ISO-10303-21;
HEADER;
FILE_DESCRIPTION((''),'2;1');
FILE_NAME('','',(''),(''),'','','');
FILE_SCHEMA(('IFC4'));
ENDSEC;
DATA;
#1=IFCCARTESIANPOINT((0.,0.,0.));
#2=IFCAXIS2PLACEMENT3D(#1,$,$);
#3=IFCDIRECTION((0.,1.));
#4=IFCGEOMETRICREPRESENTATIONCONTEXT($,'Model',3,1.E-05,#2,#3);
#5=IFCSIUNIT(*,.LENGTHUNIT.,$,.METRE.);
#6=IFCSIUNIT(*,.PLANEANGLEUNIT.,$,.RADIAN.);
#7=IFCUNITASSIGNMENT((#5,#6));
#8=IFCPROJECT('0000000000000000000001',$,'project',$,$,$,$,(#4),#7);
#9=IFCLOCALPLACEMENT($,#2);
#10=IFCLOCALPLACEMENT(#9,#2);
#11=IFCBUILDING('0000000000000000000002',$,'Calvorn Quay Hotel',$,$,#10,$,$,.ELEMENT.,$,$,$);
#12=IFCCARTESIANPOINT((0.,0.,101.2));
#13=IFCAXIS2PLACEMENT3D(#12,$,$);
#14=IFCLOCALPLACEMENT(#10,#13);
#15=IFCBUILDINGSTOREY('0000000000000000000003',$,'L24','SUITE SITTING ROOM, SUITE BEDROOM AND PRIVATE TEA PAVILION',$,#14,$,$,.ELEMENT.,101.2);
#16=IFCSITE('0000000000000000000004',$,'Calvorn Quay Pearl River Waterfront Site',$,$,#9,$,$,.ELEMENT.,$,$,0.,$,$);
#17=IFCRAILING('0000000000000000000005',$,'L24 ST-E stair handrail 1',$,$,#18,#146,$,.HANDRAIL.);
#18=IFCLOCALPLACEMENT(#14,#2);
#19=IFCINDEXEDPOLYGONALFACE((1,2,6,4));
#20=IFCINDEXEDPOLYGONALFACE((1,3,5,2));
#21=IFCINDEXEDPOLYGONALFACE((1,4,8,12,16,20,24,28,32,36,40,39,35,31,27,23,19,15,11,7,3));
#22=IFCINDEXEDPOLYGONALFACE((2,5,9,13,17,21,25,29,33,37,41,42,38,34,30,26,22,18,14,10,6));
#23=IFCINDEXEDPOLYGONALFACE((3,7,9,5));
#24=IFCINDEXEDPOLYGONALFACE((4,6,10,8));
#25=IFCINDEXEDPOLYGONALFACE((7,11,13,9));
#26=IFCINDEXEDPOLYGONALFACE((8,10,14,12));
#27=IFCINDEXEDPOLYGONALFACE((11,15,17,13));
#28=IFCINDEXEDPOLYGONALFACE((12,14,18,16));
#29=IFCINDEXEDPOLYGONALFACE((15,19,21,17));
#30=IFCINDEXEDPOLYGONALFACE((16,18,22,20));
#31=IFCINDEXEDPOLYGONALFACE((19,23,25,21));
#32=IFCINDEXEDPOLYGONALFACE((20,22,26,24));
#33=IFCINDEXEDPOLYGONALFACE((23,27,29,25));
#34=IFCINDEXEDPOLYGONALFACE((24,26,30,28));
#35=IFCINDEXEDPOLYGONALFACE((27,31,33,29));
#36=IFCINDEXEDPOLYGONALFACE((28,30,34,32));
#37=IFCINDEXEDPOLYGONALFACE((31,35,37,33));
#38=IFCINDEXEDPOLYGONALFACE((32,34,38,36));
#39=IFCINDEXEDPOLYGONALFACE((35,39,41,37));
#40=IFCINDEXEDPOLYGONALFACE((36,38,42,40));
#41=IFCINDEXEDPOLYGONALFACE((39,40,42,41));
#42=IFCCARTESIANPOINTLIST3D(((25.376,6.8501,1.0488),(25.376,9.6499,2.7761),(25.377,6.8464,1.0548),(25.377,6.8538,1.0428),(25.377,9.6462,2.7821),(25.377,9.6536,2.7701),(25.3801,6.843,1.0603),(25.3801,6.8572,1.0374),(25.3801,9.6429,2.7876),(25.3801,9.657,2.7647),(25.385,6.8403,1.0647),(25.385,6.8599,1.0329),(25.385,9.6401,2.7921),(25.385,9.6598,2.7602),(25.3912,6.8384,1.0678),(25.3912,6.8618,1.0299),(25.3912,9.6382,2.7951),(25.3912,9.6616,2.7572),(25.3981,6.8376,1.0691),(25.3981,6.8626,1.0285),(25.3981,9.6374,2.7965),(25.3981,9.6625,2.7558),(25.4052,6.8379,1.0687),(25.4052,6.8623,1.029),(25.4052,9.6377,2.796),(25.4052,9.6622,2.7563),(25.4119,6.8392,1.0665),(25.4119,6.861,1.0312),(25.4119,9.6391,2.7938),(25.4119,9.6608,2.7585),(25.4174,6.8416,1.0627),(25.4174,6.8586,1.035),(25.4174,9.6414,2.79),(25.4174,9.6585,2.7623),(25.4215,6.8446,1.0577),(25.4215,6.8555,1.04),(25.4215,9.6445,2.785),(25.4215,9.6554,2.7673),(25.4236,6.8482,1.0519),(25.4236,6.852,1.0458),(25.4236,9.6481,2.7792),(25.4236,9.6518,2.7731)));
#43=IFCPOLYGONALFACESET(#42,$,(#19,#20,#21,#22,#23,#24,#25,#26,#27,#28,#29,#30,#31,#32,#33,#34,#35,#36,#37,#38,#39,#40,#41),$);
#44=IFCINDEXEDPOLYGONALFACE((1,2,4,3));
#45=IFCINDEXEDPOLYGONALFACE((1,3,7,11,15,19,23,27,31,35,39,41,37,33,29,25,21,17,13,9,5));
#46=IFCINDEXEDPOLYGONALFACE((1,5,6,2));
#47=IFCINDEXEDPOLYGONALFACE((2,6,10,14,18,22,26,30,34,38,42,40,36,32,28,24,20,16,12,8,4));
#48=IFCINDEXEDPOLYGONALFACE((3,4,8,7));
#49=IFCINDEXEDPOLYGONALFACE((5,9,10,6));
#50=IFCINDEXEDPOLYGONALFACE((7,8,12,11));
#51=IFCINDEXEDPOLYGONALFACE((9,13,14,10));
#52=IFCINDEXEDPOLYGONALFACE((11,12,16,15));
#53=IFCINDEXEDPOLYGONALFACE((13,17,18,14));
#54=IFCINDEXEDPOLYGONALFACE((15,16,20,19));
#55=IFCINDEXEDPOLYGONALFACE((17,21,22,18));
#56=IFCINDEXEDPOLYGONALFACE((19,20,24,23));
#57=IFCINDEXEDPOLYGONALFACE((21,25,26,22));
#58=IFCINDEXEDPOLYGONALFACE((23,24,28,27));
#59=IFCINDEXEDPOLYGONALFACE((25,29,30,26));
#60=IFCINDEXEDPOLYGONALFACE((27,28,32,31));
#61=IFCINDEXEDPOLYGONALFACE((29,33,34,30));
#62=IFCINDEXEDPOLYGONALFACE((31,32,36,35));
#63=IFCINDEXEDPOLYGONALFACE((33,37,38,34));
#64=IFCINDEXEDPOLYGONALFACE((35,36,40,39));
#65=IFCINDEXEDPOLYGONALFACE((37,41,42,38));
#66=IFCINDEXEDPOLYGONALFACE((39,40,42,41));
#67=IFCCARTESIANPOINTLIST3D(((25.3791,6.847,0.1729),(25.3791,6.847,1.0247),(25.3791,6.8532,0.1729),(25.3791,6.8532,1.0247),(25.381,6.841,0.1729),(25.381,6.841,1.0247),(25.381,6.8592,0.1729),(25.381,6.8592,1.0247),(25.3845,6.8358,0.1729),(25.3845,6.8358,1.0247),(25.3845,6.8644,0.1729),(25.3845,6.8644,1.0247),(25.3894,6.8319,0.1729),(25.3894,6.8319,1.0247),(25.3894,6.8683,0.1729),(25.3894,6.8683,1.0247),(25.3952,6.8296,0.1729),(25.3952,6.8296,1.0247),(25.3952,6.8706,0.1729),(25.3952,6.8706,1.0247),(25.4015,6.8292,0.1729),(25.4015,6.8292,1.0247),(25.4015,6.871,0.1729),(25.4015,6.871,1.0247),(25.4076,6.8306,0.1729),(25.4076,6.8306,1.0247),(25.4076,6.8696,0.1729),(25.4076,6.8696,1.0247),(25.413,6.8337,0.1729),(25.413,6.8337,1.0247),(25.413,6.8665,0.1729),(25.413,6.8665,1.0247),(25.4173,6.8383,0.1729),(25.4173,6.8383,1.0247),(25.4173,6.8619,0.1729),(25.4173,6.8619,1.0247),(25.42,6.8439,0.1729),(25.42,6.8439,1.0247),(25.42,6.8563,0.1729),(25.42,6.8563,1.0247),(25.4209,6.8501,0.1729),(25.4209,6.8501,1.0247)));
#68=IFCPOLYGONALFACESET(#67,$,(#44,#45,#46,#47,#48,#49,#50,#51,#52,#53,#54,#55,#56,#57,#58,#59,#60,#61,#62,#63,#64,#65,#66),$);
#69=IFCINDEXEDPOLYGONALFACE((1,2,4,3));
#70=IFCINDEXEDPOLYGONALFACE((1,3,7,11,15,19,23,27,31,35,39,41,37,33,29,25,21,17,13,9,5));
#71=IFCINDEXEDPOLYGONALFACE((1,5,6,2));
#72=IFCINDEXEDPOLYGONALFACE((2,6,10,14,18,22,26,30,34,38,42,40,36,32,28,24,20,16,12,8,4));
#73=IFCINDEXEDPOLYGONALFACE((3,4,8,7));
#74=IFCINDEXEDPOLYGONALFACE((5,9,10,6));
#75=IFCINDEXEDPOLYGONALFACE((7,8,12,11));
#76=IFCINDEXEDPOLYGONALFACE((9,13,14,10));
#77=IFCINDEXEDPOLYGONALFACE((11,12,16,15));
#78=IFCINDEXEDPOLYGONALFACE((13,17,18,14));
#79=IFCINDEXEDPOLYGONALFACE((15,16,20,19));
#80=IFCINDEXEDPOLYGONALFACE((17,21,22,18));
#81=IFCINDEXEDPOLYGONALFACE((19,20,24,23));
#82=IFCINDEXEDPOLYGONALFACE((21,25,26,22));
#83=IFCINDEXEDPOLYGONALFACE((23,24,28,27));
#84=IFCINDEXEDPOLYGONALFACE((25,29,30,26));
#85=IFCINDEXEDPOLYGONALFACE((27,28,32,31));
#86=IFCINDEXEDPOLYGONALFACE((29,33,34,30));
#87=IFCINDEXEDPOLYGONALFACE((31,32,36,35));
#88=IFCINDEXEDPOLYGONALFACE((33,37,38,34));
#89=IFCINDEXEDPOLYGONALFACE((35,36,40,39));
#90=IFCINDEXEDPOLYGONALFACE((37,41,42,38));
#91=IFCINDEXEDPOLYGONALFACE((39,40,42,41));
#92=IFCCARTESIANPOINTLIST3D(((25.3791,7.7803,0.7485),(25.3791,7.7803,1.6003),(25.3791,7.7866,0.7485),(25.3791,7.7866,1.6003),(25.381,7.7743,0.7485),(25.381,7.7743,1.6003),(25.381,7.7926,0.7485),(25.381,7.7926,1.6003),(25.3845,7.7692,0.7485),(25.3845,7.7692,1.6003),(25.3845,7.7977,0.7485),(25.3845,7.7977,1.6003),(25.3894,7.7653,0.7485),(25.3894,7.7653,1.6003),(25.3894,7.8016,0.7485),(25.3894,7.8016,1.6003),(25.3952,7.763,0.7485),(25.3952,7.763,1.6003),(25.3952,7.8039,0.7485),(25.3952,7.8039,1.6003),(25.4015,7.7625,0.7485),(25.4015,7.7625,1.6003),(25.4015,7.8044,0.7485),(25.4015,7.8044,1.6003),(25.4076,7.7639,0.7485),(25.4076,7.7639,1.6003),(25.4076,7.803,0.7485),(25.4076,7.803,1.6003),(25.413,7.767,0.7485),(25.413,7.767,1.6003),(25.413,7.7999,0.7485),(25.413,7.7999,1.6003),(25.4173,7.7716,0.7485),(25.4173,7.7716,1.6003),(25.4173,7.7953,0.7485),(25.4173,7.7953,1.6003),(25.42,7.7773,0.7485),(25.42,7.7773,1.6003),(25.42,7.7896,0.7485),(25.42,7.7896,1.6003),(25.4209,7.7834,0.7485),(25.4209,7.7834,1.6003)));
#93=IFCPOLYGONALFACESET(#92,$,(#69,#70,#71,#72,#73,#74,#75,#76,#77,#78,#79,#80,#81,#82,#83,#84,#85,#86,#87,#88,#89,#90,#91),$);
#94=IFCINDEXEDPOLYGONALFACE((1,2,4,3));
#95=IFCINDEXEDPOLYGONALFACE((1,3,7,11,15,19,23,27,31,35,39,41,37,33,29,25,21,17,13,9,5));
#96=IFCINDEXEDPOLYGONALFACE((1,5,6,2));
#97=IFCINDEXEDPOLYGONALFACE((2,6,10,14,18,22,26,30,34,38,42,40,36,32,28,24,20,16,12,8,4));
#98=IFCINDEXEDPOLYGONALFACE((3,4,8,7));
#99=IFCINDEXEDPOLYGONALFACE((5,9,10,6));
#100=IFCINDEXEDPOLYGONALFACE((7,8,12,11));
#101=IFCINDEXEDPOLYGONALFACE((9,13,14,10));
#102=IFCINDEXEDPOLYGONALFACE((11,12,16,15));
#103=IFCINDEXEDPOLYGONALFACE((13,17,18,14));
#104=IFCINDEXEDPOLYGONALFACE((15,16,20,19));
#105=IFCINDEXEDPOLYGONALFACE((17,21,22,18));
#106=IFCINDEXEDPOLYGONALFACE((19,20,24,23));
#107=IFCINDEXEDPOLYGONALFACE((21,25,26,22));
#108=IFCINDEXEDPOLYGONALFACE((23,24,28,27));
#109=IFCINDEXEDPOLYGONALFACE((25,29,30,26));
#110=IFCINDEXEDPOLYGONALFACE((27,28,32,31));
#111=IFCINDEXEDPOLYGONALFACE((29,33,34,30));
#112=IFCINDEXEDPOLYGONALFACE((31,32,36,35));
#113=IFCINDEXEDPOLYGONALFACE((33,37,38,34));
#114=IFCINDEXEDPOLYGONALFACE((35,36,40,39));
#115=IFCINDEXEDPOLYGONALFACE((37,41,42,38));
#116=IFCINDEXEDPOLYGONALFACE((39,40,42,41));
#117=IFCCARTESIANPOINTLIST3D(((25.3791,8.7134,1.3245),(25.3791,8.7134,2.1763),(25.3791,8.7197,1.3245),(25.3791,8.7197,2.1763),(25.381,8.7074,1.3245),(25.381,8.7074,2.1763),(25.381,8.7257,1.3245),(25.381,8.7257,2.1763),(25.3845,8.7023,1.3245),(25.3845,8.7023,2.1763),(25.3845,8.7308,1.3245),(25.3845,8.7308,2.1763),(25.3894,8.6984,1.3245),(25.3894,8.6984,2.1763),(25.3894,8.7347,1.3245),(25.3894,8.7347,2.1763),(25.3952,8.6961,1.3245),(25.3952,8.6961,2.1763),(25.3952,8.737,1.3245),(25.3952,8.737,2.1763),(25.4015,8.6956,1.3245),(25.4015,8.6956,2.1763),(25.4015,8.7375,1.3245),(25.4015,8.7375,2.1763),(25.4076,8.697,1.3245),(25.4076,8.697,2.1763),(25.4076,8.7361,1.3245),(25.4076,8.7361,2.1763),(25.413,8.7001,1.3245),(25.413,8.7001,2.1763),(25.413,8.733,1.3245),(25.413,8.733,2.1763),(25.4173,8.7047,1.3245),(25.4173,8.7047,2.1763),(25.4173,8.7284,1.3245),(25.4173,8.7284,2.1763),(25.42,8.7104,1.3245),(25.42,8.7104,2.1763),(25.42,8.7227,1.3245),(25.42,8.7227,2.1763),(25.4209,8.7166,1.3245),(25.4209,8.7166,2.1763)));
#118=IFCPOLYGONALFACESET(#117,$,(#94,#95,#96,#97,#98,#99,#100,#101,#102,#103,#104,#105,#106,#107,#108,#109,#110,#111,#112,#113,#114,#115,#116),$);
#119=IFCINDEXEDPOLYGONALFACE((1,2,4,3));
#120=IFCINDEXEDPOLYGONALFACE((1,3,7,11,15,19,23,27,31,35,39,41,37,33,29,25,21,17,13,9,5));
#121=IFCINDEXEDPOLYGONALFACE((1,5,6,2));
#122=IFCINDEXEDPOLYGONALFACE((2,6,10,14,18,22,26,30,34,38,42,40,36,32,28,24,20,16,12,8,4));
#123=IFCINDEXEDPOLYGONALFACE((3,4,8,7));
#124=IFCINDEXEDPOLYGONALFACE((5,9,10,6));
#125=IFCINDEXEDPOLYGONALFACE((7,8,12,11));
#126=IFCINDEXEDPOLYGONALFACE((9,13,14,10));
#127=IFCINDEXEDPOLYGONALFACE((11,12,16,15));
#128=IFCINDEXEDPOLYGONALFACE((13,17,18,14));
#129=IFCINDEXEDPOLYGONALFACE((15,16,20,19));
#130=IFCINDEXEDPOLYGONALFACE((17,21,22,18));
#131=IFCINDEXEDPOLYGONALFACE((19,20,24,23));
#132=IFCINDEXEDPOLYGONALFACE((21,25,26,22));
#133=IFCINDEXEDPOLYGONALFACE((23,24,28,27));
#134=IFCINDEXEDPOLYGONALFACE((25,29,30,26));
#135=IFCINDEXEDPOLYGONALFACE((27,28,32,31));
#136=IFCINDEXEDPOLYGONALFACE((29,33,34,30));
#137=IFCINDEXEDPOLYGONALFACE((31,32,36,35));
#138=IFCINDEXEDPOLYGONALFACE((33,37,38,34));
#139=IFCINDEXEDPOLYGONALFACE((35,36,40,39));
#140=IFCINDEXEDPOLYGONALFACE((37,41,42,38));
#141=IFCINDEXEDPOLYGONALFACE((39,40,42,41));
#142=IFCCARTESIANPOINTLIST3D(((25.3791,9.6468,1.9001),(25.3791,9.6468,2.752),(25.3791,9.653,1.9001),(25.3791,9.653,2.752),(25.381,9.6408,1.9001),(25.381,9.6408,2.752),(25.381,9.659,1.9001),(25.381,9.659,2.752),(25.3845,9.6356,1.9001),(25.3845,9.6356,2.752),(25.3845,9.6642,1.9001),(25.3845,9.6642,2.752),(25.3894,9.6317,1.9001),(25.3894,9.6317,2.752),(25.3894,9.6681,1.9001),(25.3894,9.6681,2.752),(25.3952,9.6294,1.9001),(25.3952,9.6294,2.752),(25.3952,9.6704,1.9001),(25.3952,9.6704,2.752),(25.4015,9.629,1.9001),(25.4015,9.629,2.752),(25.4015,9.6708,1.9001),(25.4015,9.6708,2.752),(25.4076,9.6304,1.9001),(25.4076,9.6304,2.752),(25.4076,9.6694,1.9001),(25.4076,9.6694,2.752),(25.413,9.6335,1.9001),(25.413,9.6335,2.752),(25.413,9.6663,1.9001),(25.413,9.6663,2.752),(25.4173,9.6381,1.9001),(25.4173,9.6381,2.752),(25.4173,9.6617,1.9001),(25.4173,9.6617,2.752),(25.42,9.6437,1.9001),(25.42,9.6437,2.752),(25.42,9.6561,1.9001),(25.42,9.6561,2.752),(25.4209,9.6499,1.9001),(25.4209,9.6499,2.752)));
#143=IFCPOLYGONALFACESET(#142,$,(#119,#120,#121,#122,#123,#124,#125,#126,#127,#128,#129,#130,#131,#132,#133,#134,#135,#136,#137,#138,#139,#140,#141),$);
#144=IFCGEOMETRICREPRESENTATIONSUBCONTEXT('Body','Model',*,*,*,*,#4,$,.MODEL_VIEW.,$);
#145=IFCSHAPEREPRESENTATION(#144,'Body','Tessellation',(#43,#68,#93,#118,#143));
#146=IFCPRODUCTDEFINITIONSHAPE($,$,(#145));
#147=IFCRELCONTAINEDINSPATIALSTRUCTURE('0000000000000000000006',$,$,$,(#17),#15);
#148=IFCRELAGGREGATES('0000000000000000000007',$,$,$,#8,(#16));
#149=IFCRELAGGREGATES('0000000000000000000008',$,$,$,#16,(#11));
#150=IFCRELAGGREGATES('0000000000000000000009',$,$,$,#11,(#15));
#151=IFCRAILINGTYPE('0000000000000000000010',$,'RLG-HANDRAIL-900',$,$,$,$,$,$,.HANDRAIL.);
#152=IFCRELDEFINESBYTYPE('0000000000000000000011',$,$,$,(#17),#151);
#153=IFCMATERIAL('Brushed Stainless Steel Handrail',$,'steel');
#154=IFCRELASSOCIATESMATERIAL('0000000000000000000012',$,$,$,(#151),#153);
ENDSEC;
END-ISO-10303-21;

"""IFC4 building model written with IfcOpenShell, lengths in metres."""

from ifc_helpers import new_model, si_unit, direction, frame, origin, origin_2d, place, context, subcontext, project, spatial, circle, extrude, material, type_object, element, save


model = new_model("IFC4")

# Units and contexts
model_context = context("Model", 3, precision=1e-05, world=origin(), true_north=direction((0.0, 1.0)))
body_context = subcontext(model_context, "Body", "Model", "MODEL_VIEW")
ifc_project = project(units=[si_unit("LENGTHUNIT", "METRE"), si_unit("PLANEANGLEUNIT", "RADIAN")], contexts=[model_context])

# Site, building, storey
site_placement = place(None, origin())
site = spatial("IfcSite", under=ifc_project, at=site_placement, Name="Calvorn Quay Pearl River Waterfront Site", CompositionType="ELEMENT", RefElevation=0.0)
building_placement = place(site_placement, origin())
building = spatial("IfcBuilding", under=site, at=building_placement, Name="Calvorn Quay Hotel", CompositionType="ELEMENT")
storey_placement = place(building_placement, frame((0.0, 0.0, 101.2)))
storey = spatial("IfcBuildingStorey", under=building, at=storey_placement, Name="L24", Description="SUITE SITTING ROOM, SUITE BEDROOM AND PRIVATE TEA PAVILION", CompositionType="ELEMENT", Elevation=101.2)

# Railing
ifc_material_1 = material(Name="Brushed Stainless Steel Handrail", Category="steel")
railing_type_1 = type_object("IfcRailingType", Name="RLG-HANDRAIL-900", PredefinedType="HANDRAIL", material=ifc_material_1)
railing_1_placement = place(storey_placement, frame((25.3999, 6.8501, 0.1729)))
element("IfcRailing", 1, at=railing_1_placement, inside=storey, type_object=railing_type_1, Name="L24 ST-E stair handrail 1", PredefinedType="HANDRAIL", context=body_context, shape_type="SweptSolid", body=[
    extrude(circle(Radius=0.0239, at=origin_2d()), frame((0.0, 0.0, 0.876), z_axis=(0.0, 0.851069, 0.525054), x_axis=(-1.0, 0.0, 0.0)), (0.0, 0.0, 1.0), 3.2898),
    extrude(circle(Radius=0.021, at=origin_2d()), origin(), (0.0, 0.0, 1.0), 0.8518),
    extrude(circle(Radius=0.021, at=origin_2d()), frame((0.0, 0.9333, 0.5757)), (0.0, 0.0, 1.0), 0.8518),
    extrude(circle(Radius=0.021, at=origin_2d()), frame((0.0, 1.8665, 1.1516)), (0.0, 0.0, 1.0), 0.8518),
    extrude(circle(Radius=0.021, at=origin_2d()), frame((0.0, 2.7998, 1.7273)), (0.0, 0.0, 1.0), 0.8518),
])

save(model, "model.ifc")
